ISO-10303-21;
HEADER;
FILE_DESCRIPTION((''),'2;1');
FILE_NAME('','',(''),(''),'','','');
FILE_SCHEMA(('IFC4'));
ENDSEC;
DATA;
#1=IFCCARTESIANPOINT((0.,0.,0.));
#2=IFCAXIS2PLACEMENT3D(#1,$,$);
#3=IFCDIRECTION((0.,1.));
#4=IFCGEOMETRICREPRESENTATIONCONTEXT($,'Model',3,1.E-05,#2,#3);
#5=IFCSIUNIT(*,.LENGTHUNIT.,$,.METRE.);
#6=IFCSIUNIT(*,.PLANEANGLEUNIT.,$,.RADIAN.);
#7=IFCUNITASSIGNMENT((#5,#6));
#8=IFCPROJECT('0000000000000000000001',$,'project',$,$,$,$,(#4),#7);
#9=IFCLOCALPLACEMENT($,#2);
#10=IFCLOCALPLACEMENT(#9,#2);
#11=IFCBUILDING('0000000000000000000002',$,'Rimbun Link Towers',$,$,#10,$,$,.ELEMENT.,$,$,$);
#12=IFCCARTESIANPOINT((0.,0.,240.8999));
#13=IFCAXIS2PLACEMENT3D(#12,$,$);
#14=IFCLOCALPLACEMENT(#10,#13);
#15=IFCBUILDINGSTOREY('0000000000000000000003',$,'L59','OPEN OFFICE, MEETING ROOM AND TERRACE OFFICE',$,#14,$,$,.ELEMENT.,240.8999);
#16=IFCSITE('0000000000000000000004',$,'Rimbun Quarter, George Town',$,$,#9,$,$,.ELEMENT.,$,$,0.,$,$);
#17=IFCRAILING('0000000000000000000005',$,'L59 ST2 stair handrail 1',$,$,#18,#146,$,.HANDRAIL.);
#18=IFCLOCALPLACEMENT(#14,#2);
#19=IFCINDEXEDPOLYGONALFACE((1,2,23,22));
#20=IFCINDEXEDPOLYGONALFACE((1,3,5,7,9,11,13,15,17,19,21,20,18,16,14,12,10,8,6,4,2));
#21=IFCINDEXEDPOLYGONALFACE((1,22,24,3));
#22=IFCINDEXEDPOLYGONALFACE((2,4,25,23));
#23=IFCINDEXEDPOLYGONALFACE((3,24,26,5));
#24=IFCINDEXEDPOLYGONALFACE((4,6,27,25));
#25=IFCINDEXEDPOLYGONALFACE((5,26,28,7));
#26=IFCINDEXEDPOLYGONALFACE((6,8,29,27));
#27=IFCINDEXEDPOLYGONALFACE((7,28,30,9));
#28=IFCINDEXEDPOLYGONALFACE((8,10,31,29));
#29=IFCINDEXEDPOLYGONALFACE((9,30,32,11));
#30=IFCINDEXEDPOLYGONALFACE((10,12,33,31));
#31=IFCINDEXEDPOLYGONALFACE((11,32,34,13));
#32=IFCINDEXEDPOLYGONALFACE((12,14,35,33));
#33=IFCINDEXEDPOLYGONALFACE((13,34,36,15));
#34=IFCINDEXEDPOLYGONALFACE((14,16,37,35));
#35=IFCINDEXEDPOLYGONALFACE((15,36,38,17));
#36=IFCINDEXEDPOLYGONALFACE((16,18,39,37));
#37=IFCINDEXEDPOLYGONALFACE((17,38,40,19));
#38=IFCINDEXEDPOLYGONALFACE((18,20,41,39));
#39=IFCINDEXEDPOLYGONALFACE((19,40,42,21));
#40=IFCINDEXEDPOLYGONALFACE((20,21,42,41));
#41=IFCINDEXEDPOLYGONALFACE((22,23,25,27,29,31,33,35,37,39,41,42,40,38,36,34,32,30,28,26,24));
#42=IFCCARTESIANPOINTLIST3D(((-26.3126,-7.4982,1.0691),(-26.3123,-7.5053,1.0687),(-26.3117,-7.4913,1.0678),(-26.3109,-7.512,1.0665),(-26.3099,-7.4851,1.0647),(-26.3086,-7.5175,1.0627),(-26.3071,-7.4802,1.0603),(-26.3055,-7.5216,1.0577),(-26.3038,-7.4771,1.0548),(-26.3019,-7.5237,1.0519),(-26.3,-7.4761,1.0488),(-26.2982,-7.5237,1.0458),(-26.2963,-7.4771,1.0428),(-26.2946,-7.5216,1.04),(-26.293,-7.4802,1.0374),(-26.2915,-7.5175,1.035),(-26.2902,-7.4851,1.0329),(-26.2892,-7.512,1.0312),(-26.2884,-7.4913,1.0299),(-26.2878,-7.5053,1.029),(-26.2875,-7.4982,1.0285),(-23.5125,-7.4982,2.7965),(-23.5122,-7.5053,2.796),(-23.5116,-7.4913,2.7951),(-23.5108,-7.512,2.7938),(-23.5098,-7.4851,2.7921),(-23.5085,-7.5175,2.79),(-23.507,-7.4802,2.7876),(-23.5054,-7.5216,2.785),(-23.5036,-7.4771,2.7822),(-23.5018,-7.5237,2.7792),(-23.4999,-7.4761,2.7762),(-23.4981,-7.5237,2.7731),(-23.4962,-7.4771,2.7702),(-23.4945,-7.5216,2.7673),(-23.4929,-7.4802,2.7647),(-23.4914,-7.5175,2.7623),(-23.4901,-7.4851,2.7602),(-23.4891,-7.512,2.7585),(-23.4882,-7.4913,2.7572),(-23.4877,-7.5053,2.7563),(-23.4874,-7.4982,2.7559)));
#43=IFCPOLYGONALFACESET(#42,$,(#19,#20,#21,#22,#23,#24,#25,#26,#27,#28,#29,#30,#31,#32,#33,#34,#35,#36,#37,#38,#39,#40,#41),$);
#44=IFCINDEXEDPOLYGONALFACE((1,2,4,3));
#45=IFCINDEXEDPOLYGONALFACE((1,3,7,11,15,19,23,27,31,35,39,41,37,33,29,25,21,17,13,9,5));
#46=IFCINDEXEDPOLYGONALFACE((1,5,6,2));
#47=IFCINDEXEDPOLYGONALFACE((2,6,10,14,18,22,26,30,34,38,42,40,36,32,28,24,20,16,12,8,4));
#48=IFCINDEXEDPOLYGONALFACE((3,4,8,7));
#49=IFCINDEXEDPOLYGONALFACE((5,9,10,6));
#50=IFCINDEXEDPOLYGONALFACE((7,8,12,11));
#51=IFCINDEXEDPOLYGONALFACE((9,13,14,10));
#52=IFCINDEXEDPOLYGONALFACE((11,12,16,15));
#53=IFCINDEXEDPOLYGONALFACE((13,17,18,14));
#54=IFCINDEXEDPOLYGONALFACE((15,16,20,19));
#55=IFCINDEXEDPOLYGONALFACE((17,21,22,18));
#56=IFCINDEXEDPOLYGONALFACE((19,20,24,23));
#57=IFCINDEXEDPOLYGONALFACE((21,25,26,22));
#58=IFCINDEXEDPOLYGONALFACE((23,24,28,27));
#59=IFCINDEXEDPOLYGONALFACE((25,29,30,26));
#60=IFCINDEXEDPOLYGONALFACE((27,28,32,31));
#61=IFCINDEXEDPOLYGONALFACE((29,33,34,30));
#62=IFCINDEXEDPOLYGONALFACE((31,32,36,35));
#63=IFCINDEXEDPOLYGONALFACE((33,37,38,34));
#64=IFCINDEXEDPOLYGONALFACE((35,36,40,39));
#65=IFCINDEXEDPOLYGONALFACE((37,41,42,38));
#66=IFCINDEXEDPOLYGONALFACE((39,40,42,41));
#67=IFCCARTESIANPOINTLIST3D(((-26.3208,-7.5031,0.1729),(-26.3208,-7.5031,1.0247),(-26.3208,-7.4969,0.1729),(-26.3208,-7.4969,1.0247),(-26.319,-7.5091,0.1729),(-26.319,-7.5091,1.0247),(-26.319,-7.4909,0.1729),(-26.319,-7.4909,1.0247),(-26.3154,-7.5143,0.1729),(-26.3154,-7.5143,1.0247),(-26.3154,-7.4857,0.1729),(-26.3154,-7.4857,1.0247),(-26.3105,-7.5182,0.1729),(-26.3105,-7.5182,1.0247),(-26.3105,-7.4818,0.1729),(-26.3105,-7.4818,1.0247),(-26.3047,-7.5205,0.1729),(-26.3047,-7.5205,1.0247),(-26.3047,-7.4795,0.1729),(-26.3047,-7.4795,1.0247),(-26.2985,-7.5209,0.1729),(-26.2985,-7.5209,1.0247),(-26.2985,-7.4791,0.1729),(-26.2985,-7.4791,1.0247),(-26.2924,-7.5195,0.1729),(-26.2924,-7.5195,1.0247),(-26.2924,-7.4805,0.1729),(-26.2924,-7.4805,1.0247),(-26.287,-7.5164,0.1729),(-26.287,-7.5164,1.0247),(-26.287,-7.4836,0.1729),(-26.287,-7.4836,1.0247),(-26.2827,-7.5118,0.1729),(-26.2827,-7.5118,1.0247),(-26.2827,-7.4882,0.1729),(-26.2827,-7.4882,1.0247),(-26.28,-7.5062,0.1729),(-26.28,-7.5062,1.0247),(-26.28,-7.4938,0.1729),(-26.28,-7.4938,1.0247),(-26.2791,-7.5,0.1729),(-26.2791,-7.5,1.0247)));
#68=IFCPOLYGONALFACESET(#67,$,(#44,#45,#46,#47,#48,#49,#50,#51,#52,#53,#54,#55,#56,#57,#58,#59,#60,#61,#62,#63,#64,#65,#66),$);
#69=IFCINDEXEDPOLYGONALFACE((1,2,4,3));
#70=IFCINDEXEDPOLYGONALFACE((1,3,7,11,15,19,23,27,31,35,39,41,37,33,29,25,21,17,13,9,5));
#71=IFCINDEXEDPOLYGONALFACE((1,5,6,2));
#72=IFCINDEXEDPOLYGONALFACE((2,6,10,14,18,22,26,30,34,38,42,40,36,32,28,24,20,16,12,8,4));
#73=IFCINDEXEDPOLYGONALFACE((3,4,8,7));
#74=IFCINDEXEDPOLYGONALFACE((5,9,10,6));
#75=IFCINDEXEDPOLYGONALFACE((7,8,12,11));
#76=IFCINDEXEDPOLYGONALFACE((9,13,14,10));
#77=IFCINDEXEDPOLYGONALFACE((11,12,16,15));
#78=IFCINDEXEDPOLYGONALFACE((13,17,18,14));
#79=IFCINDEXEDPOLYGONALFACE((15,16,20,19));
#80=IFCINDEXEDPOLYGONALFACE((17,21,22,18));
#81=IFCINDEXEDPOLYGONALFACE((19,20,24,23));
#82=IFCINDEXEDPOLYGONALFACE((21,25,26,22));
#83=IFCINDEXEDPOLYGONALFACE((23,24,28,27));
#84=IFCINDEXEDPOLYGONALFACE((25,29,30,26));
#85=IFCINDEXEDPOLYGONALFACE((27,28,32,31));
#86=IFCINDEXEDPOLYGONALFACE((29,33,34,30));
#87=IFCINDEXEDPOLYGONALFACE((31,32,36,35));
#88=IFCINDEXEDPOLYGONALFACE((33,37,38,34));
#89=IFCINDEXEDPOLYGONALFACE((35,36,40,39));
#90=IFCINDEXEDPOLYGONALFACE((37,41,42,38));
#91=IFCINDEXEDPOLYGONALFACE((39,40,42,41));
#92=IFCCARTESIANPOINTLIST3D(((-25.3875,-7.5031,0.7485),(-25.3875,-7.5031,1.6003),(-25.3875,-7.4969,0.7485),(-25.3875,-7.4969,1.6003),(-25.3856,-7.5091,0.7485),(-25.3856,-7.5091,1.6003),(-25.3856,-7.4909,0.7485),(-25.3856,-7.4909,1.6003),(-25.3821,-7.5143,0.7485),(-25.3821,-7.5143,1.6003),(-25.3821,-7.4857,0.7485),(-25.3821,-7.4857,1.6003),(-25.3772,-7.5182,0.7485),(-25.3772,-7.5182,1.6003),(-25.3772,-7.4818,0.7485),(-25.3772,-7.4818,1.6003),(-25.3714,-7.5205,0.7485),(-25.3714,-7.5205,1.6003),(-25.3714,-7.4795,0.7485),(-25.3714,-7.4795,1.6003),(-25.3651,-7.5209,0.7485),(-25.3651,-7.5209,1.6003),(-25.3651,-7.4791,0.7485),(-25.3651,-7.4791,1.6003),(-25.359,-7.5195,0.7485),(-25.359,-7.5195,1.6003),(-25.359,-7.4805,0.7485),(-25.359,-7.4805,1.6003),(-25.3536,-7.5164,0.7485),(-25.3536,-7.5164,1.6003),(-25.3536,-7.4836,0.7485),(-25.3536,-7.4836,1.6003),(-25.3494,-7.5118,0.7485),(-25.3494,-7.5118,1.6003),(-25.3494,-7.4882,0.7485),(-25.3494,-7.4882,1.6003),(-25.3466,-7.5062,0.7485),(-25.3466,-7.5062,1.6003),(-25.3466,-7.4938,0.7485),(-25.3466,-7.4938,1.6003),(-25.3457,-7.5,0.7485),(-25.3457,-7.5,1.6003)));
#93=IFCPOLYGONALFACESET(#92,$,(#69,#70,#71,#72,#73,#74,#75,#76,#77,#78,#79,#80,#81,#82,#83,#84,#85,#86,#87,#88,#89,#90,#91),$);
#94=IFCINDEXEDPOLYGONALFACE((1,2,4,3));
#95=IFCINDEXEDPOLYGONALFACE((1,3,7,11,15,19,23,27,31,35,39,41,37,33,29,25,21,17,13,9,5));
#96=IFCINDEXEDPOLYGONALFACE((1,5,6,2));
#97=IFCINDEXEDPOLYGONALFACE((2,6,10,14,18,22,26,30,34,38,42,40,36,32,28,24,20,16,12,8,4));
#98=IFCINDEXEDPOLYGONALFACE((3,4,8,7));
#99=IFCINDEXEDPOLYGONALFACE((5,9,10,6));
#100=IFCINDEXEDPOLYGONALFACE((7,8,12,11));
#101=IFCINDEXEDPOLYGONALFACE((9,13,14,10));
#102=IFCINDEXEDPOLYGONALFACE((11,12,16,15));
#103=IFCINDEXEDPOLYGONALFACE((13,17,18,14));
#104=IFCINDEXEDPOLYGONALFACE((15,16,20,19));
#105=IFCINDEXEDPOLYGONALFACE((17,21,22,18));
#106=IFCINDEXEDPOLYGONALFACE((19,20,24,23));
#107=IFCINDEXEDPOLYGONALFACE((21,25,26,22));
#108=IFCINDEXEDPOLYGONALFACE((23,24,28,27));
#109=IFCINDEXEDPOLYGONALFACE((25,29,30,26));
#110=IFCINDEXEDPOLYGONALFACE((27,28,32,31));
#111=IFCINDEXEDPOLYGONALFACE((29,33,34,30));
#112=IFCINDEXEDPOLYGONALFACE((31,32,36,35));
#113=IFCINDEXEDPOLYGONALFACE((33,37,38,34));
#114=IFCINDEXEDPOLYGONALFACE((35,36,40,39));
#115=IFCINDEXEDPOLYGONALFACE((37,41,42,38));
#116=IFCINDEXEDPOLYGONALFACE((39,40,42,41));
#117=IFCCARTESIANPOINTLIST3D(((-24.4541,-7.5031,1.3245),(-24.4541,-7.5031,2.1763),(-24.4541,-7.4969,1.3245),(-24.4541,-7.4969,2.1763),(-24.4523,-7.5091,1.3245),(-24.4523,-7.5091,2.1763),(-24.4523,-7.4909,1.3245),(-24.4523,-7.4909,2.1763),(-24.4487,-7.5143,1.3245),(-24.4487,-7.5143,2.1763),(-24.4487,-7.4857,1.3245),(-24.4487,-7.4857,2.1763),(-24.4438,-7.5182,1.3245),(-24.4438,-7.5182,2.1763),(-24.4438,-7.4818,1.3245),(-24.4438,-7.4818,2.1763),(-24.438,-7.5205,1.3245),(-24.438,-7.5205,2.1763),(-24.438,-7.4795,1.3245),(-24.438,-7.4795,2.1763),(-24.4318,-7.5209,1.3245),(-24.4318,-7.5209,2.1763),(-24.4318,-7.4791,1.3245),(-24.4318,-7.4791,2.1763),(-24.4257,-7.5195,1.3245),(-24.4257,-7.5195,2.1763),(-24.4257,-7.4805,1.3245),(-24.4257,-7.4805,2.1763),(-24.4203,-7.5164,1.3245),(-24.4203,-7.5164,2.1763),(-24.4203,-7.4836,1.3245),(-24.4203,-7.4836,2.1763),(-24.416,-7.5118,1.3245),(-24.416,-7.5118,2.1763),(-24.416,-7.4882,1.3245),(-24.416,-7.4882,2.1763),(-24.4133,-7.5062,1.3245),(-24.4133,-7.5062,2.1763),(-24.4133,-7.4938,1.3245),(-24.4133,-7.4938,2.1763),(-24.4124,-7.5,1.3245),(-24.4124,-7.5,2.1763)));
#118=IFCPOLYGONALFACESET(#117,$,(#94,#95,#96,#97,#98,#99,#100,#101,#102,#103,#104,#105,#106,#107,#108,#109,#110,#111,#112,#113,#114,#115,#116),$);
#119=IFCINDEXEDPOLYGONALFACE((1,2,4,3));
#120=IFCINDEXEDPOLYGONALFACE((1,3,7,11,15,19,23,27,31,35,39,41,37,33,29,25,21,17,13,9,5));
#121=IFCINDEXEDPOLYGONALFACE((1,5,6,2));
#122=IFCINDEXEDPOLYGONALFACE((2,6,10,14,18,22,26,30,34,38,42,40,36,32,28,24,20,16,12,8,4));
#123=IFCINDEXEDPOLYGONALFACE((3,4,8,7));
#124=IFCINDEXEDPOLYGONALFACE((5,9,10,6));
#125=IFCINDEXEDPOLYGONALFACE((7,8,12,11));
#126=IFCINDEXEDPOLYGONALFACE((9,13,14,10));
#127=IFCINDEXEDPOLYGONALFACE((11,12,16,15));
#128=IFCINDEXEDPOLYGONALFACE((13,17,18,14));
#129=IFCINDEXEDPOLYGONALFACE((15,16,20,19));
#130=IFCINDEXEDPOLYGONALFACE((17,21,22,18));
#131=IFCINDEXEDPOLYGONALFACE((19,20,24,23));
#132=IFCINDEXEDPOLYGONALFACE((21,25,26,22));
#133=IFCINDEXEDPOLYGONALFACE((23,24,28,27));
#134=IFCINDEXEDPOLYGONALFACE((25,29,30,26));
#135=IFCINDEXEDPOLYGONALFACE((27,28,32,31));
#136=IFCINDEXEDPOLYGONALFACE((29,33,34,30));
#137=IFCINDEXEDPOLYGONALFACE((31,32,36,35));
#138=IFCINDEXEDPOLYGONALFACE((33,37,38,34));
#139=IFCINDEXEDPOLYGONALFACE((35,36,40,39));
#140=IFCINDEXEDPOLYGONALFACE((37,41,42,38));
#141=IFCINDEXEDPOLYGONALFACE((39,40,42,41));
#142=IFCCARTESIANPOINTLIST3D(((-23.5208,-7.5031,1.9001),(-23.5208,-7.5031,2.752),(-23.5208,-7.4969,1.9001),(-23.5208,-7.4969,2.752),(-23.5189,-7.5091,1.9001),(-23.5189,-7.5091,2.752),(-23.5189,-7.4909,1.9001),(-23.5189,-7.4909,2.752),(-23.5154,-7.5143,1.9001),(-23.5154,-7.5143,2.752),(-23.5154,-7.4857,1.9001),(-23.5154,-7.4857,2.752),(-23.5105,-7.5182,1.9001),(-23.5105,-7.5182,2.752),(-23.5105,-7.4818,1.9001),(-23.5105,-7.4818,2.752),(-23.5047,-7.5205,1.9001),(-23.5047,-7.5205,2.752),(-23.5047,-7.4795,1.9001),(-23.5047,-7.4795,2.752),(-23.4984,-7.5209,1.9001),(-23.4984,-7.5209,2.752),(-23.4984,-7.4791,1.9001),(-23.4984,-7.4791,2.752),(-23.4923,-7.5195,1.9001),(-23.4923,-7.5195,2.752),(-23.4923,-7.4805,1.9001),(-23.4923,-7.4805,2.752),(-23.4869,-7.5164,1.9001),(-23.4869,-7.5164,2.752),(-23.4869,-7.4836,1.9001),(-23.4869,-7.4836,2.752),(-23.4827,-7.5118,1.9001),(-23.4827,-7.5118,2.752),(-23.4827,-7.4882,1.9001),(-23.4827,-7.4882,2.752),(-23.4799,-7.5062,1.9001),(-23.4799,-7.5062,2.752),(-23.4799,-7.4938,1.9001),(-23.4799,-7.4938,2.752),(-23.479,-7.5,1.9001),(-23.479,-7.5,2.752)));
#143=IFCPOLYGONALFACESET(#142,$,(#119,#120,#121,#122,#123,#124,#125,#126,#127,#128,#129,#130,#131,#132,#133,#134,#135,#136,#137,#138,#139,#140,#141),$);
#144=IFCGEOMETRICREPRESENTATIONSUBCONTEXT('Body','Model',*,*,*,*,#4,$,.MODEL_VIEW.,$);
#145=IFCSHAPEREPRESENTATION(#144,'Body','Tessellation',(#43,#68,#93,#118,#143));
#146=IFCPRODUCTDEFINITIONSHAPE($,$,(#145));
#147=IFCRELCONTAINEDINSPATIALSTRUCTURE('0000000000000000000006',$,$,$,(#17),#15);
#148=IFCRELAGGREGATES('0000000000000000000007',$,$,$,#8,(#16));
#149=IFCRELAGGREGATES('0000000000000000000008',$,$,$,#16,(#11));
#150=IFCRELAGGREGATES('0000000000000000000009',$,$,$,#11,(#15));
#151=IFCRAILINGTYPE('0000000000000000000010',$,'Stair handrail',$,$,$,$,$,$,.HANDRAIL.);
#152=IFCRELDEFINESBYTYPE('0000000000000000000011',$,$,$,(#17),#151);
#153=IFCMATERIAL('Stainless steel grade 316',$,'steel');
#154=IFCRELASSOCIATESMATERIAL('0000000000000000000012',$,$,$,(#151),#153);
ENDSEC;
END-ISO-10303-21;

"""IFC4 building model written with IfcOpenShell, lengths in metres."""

from ifc_helpers import new_model, si_unit, direction, frame, origin, origin_2d, place, context, subcontext, project, spatial, circle, extrude, material, type_object, element, save


model = new_model("IFC4")

# Units and contexts
model_context = context("Model", 3, precision=1e-05, world=origin(), true_north=direction((0.0, 1.0)))
body_context = subcontext(model_context, "Body", "Model", "MODEL_VIEW")
ifc_project = project(units=[si_unit("LENGTHUNIT", "METRE"), si_unit("PLANEANGLEUNIT", "RADIAN")], contexts=[model_context])

# Site, building, storey
site_placement = place(None, origin())
site = spatial("IfcSite", under=ifc_project, at=site_placement, Name="Rimbun Quarter, George Town", CompositionType="ELEMENT", RefElevation=0.0)
building_placement = place(site_placement, origin())
building = spatial("IfcBuilding", under=site, at=building_placement, Name="Rimbun Link Towers", CompositionType="ELEMENT")
storey_placement = place(building_placement, frame((0.0, 0.0, 240.8999)))
storey = spatial("IfcBuildingStorey", under=building, at=storey_placement, Name="L59", Description="OPEN OFFICE, MEETING ROOM AND TERRACE OFFICE", CompositionType="ELEMENT", Elevation=240.8999)

# Railing
ifc_material_1 = material(Name="Stainless steel grade 316", Category="steel")
railing_type_1 = type_object("IfcRailingType", Name="Stair handrail", PredefinedType="HANDRAIL", material=ifc_material_1)
railing_1_placement = place(storey_placement, frame((-26.3, -7.5, 0.1729)))
element("IfcRailing", 1, at=railing_1_placement, inside=storey, type_object=railing_type_1, Name="L59 ST2 stair handrail 1", PredefinedType="HANDRAIL", context=body_context, shape_type="SweptSolid", body=[
    extrude(circle(Radius=0.0239, at=origin_2d()), frame((0.0, 0.0, 0.876), z_axis=(0.85109, 0.0, 0.52502), x_axis=(0.0, 1.0, 0.0)), (0.0, 0.0, 1.0), 3.29),
    extrude(circle(Radius=0.021, at=origin_2d()), origin(), (0.0, 0.0, 1.0), 0.8518),
    extrude(circle(Radius=0.021, at=origin_2d()), frame((0.9333, 0.0, 0.5757)), (0.0, 0.0, 1.0), 0.8518),
    extrude(circle(Radius=0.021, at=origin_2d()), frame((1.8667, 0.0, 1.1516)), (0.0, 0.0, 1.0), 0.8518),
    extrude(circle(Radius=0.021, at=origin_2d()), frame((2.8, 0.0, 1.7273)), (0.0, 0.0, 1.0), 0.8518),
])

save(model, "model.ifc")
